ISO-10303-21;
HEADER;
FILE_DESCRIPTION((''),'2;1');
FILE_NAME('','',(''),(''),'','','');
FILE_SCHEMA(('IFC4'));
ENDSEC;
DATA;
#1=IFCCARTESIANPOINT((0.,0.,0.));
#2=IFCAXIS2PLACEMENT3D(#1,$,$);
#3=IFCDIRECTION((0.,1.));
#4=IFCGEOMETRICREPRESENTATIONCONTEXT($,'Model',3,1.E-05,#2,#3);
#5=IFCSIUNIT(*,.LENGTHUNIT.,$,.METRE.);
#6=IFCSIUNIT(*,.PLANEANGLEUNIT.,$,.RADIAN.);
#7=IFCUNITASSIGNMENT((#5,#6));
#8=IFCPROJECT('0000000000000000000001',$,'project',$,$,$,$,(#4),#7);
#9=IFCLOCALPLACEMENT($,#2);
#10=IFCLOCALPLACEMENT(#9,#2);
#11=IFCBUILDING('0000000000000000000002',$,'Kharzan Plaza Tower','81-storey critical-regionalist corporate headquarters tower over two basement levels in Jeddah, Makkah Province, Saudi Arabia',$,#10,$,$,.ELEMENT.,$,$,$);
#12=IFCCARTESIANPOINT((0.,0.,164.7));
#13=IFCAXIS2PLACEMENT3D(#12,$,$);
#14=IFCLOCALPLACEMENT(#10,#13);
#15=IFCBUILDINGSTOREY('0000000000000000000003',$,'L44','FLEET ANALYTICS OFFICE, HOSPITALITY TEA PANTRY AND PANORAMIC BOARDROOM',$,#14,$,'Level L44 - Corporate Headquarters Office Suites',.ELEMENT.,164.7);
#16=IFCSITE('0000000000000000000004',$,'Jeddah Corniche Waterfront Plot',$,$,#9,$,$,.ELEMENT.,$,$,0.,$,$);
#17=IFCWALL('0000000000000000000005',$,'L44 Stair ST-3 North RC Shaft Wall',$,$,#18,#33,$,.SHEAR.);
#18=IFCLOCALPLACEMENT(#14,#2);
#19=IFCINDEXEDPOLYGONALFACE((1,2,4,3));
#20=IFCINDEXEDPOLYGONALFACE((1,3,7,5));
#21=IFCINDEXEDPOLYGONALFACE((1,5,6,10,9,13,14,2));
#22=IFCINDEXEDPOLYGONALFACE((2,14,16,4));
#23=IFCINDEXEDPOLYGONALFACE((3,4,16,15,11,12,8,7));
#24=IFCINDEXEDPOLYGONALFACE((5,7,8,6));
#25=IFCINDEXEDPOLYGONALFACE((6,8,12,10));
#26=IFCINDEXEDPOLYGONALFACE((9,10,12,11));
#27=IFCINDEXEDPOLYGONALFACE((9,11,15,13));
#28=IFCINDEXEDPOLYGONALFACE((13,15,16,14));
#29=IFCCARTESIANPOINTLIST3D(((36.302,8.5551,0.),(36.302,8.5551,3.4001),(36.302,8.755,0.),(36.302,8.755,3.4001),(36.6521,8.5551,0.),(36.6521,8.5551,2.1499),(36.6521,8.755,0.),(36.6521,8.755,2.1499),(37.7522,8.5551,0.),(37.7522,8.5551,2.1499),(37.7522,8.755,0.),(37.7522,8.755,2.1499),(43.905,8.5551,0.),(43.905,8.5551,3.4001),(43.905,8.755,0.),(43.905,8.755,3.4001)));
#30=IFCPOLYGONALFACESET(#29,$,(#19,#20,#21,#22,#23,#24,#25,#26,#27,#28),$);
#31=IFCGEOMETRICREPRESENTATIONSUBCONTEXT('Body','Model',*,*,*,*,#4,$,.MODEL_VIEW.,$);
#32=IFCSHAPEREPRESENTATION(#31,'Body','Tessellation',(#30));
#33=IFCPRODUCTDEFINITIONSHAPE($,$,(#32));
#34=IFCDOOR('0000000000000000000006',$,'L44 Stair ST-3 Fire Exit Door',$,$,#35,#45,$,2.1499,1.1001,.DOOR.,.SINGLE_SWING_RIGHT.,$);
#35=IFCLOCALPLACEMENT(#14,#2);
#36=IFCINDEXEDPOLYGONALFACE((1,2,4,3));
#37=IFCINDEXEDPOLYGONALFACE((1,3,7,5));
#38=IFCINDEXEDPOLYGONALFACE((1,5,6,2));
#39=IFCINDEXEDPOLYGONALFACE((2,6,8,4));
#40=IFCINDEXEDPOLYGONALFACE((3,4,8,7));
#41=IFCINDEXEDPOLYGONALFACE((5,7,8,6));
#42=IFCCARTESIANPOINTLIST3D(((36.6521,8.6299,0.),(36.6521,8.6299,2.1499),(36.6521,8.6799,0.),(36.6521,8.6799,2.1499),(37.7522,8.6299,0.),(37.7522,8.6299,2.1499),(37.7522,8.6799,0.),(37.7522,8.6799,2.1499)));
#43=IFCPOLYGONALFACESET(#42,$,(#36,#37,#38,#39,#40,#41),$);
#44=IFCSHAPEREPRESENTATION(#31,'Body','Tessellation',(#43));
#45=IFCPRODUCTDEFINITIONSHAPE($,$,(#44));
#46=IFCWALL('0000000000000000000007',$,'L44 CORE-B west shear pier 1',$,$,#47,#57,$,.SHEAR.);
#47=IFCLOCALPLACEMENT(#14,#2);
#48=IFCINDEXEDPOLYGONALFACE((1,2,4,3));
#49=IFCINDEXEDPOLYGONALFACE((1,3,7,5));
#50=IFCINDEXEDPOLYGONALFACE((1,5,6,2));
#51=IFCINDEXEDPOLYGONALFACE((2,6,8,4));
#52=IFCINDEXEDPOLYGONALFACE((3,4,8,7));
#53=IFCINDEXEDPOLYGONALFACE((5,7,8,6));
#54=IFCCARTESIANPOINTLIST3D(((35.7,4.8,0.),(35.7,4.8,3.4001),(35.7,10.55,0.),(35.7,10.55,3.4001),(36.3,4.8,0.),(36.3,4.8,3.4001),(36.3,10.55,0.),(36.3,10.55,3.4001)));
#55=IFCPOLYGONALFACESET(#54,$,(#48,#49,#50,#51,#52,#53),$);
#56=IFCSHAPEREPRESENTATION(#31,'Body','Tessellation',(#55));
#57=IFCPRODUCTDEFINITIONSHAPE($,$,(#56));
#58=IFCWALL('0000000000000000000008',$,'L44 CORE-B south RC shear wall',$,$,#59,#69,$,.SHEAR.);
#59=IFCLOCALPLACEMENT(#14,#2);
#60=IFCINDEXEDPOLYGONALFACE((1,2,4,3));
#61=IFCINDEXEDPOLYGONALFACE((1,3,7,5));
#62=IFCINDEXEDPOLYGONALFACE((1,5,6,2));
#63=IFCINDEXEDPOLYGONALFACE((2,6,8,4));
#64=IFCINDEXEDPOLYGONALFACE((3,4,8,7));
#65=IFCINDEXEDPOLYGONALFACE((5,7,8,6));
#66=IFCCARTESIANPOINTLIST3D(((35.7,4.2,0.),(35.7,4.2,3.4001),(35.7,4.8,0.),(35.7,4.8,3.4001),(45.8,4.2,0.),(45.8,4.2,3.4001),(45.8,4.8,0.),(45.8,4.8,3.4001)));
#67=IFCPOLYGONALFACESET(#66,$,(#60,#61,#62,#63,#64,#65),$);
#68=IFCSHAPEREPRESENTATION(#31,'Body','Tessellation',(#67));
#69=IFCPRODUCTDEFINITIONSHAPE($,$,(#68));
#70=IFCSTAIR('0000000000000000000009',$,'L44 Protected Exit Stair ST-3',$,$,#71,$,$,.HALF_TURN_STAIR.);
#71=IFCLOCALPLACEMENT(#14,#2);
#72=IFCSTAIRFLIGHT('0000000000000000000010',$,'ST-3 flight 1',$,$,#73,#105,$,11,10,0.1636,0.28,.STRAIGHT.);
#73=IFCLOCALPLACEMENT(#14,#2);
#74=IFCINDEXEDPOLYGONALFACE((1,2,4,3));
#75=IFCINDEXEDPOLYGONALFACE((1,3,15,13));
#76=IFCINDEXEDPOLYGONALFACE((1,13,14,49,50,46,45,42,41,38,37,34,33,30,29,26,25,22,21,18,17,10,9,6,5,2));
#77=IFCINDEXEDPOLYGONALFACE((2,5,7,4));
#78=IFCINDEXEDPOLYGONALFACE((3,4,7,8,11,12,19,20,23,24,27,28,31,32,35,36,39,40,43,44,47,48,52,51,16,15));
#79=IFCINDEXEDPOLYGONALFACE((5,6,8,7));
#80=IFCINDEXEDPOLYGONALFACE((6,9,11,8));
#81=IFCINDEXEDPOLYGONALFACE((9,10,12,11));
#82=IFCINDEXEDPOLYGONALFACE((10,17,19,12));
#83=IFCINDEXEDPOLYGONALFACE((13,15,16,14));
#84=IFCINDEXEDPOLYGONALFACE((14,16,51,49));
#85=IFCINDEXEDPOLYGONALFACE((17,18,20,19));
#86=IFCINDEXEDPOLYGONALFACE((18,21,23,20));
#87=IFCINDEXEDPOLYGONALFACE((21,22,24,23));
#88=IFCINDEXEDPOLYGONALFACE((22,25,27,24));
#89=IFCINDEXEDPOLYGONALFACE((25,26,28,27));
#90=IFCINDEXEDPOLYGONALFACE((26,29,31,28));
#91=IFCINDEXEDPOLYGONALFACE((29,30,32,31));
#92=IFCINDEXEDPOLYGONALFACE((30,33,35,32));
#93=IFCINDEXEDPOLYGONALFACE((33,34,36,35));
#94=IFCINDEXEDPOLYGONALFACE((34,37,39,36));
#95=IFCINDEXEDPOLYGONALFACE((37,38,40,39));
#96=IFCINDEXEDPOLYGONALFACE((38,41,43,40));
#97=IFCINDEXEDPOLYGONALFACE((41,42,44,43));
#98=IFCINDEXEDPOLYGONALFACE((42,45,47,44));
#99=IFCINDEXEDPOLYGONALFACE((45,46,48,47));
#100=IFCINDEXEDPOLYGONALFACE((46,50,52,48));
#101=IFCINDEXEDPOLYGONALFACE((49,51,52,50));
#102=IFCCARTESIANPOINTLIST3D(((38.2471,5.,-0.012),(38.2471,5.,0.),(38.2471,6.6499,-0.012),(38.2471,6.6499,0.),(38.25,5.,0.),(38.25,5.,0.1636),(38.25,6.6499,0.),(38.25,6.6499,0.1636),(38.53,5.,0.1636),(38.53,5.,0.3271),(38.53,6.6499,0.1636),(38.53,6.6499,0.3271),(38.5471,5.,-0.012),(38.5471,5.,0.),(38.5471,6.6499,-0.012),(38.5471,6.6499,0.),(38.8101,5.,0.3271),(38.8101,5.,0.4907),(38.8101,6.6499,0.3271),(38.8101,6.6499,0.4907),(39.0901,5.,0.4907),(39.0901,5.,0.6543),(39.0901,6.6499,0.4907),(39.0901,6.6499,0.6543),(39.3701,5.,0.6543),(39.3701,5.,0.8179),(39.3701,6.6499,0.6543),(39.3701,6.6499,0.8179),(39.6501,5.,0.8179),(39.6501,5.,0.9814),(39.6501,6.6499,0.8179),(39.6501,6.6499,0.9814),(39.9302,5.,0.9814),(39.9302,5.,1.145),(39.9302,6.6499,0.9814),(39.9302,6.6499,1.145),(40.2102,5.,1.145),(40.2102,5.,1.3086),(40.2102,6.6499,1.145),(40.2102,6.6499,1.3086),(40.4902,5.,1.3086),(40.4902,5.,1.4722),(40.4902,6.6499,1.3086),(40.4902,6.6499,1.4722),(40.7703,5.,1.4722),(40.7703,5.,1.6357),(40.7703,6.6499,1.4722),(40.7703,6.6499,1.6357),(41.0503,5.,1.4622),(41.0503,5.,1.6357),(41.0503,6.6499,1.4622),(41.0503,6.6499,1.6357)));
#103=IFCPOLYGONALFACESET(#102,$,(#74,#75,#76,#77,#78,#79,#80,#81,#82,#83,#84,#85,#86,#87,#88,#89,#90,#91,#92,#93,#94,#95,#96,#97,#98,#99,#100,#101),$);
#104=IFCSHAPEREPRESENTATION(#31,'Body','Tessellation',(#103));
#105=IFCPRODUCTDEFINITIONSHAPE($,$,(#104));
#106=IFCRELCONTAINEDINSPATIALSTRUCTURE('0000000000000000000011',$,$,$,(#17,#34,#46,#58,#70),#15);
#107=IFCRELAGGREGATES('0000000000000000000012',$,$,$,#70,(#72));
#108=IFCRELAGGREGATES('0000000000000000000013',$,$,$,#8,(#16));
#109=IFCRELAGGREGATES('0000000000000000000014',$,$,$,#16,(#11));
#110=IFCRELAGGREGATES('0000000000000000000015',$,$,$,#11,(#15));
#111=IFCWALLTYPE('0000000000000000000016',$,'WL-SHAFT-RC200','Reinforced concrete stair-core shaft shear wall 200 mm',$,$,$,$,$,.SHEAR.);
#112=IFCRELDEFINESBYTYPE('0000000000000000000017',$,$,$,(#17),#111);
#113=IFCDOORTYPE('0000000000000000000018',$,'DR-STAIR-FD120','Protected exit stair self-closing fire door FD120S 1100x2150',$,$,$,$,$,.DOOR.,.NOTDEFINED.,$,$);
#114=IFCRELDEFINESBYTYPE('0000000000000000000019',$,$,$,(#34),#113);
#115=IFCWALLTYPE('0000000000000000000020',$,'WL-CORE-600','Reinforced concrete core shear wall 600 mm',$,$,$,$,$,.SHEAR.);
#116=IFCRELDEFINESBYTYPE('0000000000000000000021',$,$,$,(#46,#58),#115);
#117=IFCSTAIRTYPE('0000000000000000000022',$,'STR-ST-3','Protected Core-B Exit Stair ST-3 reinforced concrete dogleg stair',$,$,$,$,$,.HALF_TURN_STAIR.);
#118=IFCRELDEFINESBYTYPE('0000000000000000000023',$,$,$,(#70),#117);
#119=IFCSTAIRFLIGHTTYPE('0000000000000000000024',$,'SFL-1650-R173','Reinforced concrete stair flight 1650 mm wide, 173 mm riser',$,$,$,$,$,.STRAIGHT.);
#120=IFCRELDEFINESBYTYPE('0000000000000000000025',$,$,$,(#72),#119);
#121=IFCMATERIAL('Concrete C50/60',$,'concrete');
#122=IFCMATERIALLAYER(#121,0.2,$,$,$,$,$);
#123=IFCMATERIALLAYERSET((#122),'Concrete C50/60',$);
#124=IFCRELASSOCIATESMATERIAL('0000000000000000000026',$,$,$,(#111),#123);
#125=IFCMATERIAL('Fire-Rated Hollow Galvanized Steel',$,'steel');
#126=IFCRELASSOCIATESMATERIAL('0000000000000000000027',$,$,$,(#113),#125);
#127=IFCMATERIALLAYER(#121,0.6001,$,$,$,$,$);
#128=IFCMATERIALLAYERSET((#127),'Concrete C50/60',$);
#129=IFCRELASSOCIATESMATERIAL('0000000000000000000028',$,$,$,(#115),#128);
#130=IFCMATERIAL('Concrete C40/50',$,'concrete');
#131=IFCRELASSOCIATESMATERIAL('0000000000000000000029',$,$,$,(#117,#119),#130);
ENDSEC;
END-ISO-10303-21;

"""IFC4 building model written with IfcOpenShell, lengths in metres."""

from ifc_helpers import new_model, si_unit, direction, frame, frame_2d, origin, place, context, subcontext, project, spatial, polyline, rectangle, outline, extrude, source, transform, mapped, material, layer, layer_set, type_object, element, fill, aggregate, save


model = new_model("IFC4")

# Units and contexts
model_context = context("Model", 3, precision=1e-05, world=origin(), true_north=direction((0.0, 1.0)))
body_context = subcontext(model_context, "Body", "Model", "MODEL_VIEW")
ifc_project = project(units=[si_unit("LENGTHUNIT", "METRE"), si_unit("PLANEANGLEUNIT", "RADIAN")], contexts=[model_context])

# Site, building, storey
site_placement = place(None, origin())
site = spatial("IfcSite", under=ifc_project, at=site_placement, Name="Jeddah Corniche Waterfront Plot", CompositionType="ELEMENT", RefElevation=0.0)
building_placement = place(site_placement, origin())
building = spatial("IfcBuilding", under=site, at=building_placement, Name="Kharzan Plaza Tower", Description="81-storey critical-regionalist corporate headquarters tower over two basement levels in Jeddah, Makkah Province, Saudi Arabia", CompositionType="ELEMENT")
storey_placement = place(building_placement, frame((0.0, 0.0, 164.7)))
storey = spatial("IfcBuildingStorey", under=building, at=storey_placement, Name="L44", Description="FLEET ANALYTICS OFFICE, HOSPITALITY TEA PANTRY AND PANORAMIC BOARDROOM", LongName="Level L44 - Corporate Headquarters Office Suites", CompositionType="ELEMENT", Elevation=164.7)

# Shared definitions
ifc_material_1 = material(Name="Concrete C50/60", Category="concrete")

# Shared definitions
ifc_material_2 = material(Name="Concrete C40/50", Category="concrete")

# Wall, opening, door
ifc_layer_1 = layer(ifc_material_1, 0.2)
ifc_layer_set_1 = layer_set([ifc_layer_1], Name="Concrete C50/60")
wall_type_1 = type_object("IfcWallType", Name="WL-SHAFT-RC200", Description="Reinforced concrete stair-core shaft shear wall 200 mm", PredefinedType="SHEAR", material=ifc_layer_set_1)
wall_1_placement = place(storey_placement, frame((36.302, 8.655, 0.0), z_axis=(0.0, 0.0, 1.0), x_axis=(1.0, 0.0, 0.0)))
wall_1 = element("IfcWall", 1, at=wall_1_placement, inside=storey, type_object=wall_type_1, Name="L44 Stair ST-3 North RC Shaft Wall", PredefinedType="SHEAR", context=body_context, shape_type="SweptSolid", body=[
    extrude(rectangle(XDim=7.603, YDim=0.2, at=frame_2d((3.8015, 0.0))), origin(), (0.0, 0.0, 1.0), 3.4001),
])
opening_1_placement = place(wall_1_placement, frame((0.3501, 0.0, 0.0)))
opening_1 = element("IfcOpeningElement", 2, at=opening_1_placement, cuts=wall_1, PredefinedType="OPENING", context=body_context, shape_type="SweptSolid", body=[
    extrude(rectangle(XDim=1.1001, YDim=2.1499, at=frame_2d((0.55, 1.075))), frame((0.0, 0.1099, 0.0), z_axis=(0.0, -1.0, 0.0), x_axis=(1.0, 0.0, 0.0)), (0.0, 0.0, 1.0), 0.22),
])
ifc_material_3 = material(Name="Fire-Rated Hollow Galvanized Steel", Category="steel")
door_type = type_object("IfcDoorType", Name="DR-STAIR-FD120", Description="Protected exit stair self-closing fire door FD120S 1100x2150", OperationType="NOTDEFINED", PredefinedType="DOOR", material=ifc_material_3)
shared_shape_1 = source(origin(), body_context, "Body", "SweptSolid", [
    extrude(rectangle(XDim=1.1001, YDim=2.1499, at=frame_2d((0.55, 1.075))), frame((0.0, 0.0249, 0.0), z_axis=(0.0, -1.0, 0.0), x_axis=(1.0, 0.0, 0.0)), (0.0, 0.0, 1.0), 0.05),
])
door_placement = place(opening_1_placement, origin())
door = element("IfcDoor", 3, at=door_placement, inside=storey, type_object=door_type, Name="L44 Stair ST-3 Fire Exit Door", OperationType="SINGLE_SWING_RIGHT", OverallHeight=2.1499, OverallWidth=1.1001, PredefinedType="DOOR", context=body_context, shape_type="MappedRepresentation", body=[
    mapped(shared_shape_1, transform((0.0, 0.0, 0.0), x_axis=(1.0, 0.0, 0.0), y_axis=(0.0, 1.0, 0.0), z_axis=(0.0, 0.0, 1.0))),
])
fill(opening_1, door)

# Walls
ifc_layer_2 = layer(ifc_material_1, 0.6001)
ifc_layer_set_2 = layer_set([ifc_layer_2], Name="Concrete C50/60")
wall_type_2 = type_object("IfcWallType", Name="WL-CORE-600", Description="Reinforced concrete core shear wall 600 mm", PredefinedType="SHEAR", material=ifc_layer_set_2)
shared_shape_2 = source(origin(), body_context, "Body", "SweptSolid", [
    extrude(rectangle(XDim=5.75, YDim=0.6001, at=frame_2d((2.875, 0.0))), origin(), (0.0, 0.0, 1.0), 3.4001),
])
wall_2_placement = place(storey_placement, frame((36.0, 4.8, 0.0), z_axis=(0.0, 0.0, 1.0), x_axis=(0.0, 1.0, 0.0)))
element("IfcWall", 4, at=wall_2_placement, inside=storey, type_object=wall_type_2, Name="L44 CORE-B west shear pier 1", PredefinedType="SHEAR", context=body_context, shape_type="MappedRepresentation", body=[
    mapped(shared_shape_2, transform((0.0, 0.0, 0.0), x_axis=(1.0, 0.0, 0.0), y_axis=(0.0, 1.0, 0.0), z_axis=(0.0, 0.0, 1.0))),
])
shared_shape_3 = source(origin(), body_context, "Body", "SweptSolid", [
    extrude(rectangle(XDim=10.1001, YDim=0.6001, at=frame_2d((5.05, 0.0))), origin(), (0.0, 0.0, 1.0), 3.4001),
])
wall_3_placement = place(storey_placement, frame((35.7, 4.5, 0.0), z_axis=(0.0, 0.0, 1.0), x_axis=(1.0, 0.0, 0.0)))
element("IfcWall", 5, at=wall_3_placement, inside=storey, type_object=wall_type_2, Name="L44 CORE-B south RC shear wall", PredefinedType="SHEAR", context=body_context, shape_type="MappedRepresentation", body=[
    mapped(shared_shape_3, transform((0.0, 0.0, 0.0), x_axis=(1.0, 0.0, 0.0), y_axis=(0.0, 1.0, 0.0), z_axis=(0.0, 0.0, 1.0))),
])

# Stair, stair flight
stair_type = type_object("IfcStairType", Name="STR-ST-3", Description="Protected Core-B Exit Stair ST-3 reinforced concrete dogleg stair", PredefinedType="HALF_TURN_STAIR", material=ifc_material_2)
stair_placement = place(storey_placement, origin())
stair = element("IfcStair", 6, at=stair_placement, inside=storey, type_object=stair_type, Name="L44 Protected Exit Stair ST-3", PredefinedType="HALF_TURN_STAIR")
stair_flight_type = type_object("IfcStairFlightType", Name="SFL-1650-R173", Description="Reinforced concrete stair flight 1650 mm wide, 173 mm riser", PredefinedType="STRAIGHT", material=ifc_material_2)
shared_shape_4 = source(origin(), body_context, "Body", "SweptSolid", [
    extrude(outline(polyline([(-0.0029, -0.012), (-0.0029, 0.0), (0.0, 0.0), (0.0, 0.1636), (0.28, 0.1636), (0.28, 0.3271), (0.5601, 0.3271), (0.5601, 0.4907), (0.8401, 0.4907), (0.8401, 0.6543), (1.1201, 0.6543), (1.1201, 0.8179), (1.4001, 0.8179), (1.4001, 0.9814), (1.6802, 0.9814), (1.6802, 1.145), (1.9602, 1.145), (1.9602, 1.3086), (2.2402, 1.3086), (2.2402, 1.4722), (2.5203, 1.4722), (2.5203, 1.6357), (2.8003, 1.6357), (2.8003, 1.7993), (2.8003, 1.4622), (0.2971, 0.0), (0.2971, -0.012), (-0.0029, -0.012)])), frame((0.0, 0.825, 0.0), z_axis=(0.0, -1.0, 0.0), x_axis=(1.0, 0.0, 0.0)), (0.0, 0.0, 1.0), 1.6499),
])
stair_flight_placement = place(storey_placement, frame((38.25, 5.825, 0.0), z_axis=(0.0, 0.0, 1.0), x_axis=(1.0, 0.0, 0.0)))
stair_flight = element("IfcStairFlight", 7, at=stair_flight_placement, type_object=stair_flight_type, Name="ST-3 flight 1", NumberOfRisers=11, NumberOfTreads=10, PredefinedType="STRAIGHT", RiserHeight=0.1636, TreadLength=0.28, context=body_context, shape_type="MappedRepresentation", body=[
    mapped(shared_shape_4, transform((0.0, 0.0, 0.0), x_axis=(1.0, 0.0, 0.0), y_axis=(0.0, 1.0, 0.0), z_axis=(0.0, 0.0, 1.0))),
])
aggregate(stair, [stair_flight])

save(model, "model.ifc")
